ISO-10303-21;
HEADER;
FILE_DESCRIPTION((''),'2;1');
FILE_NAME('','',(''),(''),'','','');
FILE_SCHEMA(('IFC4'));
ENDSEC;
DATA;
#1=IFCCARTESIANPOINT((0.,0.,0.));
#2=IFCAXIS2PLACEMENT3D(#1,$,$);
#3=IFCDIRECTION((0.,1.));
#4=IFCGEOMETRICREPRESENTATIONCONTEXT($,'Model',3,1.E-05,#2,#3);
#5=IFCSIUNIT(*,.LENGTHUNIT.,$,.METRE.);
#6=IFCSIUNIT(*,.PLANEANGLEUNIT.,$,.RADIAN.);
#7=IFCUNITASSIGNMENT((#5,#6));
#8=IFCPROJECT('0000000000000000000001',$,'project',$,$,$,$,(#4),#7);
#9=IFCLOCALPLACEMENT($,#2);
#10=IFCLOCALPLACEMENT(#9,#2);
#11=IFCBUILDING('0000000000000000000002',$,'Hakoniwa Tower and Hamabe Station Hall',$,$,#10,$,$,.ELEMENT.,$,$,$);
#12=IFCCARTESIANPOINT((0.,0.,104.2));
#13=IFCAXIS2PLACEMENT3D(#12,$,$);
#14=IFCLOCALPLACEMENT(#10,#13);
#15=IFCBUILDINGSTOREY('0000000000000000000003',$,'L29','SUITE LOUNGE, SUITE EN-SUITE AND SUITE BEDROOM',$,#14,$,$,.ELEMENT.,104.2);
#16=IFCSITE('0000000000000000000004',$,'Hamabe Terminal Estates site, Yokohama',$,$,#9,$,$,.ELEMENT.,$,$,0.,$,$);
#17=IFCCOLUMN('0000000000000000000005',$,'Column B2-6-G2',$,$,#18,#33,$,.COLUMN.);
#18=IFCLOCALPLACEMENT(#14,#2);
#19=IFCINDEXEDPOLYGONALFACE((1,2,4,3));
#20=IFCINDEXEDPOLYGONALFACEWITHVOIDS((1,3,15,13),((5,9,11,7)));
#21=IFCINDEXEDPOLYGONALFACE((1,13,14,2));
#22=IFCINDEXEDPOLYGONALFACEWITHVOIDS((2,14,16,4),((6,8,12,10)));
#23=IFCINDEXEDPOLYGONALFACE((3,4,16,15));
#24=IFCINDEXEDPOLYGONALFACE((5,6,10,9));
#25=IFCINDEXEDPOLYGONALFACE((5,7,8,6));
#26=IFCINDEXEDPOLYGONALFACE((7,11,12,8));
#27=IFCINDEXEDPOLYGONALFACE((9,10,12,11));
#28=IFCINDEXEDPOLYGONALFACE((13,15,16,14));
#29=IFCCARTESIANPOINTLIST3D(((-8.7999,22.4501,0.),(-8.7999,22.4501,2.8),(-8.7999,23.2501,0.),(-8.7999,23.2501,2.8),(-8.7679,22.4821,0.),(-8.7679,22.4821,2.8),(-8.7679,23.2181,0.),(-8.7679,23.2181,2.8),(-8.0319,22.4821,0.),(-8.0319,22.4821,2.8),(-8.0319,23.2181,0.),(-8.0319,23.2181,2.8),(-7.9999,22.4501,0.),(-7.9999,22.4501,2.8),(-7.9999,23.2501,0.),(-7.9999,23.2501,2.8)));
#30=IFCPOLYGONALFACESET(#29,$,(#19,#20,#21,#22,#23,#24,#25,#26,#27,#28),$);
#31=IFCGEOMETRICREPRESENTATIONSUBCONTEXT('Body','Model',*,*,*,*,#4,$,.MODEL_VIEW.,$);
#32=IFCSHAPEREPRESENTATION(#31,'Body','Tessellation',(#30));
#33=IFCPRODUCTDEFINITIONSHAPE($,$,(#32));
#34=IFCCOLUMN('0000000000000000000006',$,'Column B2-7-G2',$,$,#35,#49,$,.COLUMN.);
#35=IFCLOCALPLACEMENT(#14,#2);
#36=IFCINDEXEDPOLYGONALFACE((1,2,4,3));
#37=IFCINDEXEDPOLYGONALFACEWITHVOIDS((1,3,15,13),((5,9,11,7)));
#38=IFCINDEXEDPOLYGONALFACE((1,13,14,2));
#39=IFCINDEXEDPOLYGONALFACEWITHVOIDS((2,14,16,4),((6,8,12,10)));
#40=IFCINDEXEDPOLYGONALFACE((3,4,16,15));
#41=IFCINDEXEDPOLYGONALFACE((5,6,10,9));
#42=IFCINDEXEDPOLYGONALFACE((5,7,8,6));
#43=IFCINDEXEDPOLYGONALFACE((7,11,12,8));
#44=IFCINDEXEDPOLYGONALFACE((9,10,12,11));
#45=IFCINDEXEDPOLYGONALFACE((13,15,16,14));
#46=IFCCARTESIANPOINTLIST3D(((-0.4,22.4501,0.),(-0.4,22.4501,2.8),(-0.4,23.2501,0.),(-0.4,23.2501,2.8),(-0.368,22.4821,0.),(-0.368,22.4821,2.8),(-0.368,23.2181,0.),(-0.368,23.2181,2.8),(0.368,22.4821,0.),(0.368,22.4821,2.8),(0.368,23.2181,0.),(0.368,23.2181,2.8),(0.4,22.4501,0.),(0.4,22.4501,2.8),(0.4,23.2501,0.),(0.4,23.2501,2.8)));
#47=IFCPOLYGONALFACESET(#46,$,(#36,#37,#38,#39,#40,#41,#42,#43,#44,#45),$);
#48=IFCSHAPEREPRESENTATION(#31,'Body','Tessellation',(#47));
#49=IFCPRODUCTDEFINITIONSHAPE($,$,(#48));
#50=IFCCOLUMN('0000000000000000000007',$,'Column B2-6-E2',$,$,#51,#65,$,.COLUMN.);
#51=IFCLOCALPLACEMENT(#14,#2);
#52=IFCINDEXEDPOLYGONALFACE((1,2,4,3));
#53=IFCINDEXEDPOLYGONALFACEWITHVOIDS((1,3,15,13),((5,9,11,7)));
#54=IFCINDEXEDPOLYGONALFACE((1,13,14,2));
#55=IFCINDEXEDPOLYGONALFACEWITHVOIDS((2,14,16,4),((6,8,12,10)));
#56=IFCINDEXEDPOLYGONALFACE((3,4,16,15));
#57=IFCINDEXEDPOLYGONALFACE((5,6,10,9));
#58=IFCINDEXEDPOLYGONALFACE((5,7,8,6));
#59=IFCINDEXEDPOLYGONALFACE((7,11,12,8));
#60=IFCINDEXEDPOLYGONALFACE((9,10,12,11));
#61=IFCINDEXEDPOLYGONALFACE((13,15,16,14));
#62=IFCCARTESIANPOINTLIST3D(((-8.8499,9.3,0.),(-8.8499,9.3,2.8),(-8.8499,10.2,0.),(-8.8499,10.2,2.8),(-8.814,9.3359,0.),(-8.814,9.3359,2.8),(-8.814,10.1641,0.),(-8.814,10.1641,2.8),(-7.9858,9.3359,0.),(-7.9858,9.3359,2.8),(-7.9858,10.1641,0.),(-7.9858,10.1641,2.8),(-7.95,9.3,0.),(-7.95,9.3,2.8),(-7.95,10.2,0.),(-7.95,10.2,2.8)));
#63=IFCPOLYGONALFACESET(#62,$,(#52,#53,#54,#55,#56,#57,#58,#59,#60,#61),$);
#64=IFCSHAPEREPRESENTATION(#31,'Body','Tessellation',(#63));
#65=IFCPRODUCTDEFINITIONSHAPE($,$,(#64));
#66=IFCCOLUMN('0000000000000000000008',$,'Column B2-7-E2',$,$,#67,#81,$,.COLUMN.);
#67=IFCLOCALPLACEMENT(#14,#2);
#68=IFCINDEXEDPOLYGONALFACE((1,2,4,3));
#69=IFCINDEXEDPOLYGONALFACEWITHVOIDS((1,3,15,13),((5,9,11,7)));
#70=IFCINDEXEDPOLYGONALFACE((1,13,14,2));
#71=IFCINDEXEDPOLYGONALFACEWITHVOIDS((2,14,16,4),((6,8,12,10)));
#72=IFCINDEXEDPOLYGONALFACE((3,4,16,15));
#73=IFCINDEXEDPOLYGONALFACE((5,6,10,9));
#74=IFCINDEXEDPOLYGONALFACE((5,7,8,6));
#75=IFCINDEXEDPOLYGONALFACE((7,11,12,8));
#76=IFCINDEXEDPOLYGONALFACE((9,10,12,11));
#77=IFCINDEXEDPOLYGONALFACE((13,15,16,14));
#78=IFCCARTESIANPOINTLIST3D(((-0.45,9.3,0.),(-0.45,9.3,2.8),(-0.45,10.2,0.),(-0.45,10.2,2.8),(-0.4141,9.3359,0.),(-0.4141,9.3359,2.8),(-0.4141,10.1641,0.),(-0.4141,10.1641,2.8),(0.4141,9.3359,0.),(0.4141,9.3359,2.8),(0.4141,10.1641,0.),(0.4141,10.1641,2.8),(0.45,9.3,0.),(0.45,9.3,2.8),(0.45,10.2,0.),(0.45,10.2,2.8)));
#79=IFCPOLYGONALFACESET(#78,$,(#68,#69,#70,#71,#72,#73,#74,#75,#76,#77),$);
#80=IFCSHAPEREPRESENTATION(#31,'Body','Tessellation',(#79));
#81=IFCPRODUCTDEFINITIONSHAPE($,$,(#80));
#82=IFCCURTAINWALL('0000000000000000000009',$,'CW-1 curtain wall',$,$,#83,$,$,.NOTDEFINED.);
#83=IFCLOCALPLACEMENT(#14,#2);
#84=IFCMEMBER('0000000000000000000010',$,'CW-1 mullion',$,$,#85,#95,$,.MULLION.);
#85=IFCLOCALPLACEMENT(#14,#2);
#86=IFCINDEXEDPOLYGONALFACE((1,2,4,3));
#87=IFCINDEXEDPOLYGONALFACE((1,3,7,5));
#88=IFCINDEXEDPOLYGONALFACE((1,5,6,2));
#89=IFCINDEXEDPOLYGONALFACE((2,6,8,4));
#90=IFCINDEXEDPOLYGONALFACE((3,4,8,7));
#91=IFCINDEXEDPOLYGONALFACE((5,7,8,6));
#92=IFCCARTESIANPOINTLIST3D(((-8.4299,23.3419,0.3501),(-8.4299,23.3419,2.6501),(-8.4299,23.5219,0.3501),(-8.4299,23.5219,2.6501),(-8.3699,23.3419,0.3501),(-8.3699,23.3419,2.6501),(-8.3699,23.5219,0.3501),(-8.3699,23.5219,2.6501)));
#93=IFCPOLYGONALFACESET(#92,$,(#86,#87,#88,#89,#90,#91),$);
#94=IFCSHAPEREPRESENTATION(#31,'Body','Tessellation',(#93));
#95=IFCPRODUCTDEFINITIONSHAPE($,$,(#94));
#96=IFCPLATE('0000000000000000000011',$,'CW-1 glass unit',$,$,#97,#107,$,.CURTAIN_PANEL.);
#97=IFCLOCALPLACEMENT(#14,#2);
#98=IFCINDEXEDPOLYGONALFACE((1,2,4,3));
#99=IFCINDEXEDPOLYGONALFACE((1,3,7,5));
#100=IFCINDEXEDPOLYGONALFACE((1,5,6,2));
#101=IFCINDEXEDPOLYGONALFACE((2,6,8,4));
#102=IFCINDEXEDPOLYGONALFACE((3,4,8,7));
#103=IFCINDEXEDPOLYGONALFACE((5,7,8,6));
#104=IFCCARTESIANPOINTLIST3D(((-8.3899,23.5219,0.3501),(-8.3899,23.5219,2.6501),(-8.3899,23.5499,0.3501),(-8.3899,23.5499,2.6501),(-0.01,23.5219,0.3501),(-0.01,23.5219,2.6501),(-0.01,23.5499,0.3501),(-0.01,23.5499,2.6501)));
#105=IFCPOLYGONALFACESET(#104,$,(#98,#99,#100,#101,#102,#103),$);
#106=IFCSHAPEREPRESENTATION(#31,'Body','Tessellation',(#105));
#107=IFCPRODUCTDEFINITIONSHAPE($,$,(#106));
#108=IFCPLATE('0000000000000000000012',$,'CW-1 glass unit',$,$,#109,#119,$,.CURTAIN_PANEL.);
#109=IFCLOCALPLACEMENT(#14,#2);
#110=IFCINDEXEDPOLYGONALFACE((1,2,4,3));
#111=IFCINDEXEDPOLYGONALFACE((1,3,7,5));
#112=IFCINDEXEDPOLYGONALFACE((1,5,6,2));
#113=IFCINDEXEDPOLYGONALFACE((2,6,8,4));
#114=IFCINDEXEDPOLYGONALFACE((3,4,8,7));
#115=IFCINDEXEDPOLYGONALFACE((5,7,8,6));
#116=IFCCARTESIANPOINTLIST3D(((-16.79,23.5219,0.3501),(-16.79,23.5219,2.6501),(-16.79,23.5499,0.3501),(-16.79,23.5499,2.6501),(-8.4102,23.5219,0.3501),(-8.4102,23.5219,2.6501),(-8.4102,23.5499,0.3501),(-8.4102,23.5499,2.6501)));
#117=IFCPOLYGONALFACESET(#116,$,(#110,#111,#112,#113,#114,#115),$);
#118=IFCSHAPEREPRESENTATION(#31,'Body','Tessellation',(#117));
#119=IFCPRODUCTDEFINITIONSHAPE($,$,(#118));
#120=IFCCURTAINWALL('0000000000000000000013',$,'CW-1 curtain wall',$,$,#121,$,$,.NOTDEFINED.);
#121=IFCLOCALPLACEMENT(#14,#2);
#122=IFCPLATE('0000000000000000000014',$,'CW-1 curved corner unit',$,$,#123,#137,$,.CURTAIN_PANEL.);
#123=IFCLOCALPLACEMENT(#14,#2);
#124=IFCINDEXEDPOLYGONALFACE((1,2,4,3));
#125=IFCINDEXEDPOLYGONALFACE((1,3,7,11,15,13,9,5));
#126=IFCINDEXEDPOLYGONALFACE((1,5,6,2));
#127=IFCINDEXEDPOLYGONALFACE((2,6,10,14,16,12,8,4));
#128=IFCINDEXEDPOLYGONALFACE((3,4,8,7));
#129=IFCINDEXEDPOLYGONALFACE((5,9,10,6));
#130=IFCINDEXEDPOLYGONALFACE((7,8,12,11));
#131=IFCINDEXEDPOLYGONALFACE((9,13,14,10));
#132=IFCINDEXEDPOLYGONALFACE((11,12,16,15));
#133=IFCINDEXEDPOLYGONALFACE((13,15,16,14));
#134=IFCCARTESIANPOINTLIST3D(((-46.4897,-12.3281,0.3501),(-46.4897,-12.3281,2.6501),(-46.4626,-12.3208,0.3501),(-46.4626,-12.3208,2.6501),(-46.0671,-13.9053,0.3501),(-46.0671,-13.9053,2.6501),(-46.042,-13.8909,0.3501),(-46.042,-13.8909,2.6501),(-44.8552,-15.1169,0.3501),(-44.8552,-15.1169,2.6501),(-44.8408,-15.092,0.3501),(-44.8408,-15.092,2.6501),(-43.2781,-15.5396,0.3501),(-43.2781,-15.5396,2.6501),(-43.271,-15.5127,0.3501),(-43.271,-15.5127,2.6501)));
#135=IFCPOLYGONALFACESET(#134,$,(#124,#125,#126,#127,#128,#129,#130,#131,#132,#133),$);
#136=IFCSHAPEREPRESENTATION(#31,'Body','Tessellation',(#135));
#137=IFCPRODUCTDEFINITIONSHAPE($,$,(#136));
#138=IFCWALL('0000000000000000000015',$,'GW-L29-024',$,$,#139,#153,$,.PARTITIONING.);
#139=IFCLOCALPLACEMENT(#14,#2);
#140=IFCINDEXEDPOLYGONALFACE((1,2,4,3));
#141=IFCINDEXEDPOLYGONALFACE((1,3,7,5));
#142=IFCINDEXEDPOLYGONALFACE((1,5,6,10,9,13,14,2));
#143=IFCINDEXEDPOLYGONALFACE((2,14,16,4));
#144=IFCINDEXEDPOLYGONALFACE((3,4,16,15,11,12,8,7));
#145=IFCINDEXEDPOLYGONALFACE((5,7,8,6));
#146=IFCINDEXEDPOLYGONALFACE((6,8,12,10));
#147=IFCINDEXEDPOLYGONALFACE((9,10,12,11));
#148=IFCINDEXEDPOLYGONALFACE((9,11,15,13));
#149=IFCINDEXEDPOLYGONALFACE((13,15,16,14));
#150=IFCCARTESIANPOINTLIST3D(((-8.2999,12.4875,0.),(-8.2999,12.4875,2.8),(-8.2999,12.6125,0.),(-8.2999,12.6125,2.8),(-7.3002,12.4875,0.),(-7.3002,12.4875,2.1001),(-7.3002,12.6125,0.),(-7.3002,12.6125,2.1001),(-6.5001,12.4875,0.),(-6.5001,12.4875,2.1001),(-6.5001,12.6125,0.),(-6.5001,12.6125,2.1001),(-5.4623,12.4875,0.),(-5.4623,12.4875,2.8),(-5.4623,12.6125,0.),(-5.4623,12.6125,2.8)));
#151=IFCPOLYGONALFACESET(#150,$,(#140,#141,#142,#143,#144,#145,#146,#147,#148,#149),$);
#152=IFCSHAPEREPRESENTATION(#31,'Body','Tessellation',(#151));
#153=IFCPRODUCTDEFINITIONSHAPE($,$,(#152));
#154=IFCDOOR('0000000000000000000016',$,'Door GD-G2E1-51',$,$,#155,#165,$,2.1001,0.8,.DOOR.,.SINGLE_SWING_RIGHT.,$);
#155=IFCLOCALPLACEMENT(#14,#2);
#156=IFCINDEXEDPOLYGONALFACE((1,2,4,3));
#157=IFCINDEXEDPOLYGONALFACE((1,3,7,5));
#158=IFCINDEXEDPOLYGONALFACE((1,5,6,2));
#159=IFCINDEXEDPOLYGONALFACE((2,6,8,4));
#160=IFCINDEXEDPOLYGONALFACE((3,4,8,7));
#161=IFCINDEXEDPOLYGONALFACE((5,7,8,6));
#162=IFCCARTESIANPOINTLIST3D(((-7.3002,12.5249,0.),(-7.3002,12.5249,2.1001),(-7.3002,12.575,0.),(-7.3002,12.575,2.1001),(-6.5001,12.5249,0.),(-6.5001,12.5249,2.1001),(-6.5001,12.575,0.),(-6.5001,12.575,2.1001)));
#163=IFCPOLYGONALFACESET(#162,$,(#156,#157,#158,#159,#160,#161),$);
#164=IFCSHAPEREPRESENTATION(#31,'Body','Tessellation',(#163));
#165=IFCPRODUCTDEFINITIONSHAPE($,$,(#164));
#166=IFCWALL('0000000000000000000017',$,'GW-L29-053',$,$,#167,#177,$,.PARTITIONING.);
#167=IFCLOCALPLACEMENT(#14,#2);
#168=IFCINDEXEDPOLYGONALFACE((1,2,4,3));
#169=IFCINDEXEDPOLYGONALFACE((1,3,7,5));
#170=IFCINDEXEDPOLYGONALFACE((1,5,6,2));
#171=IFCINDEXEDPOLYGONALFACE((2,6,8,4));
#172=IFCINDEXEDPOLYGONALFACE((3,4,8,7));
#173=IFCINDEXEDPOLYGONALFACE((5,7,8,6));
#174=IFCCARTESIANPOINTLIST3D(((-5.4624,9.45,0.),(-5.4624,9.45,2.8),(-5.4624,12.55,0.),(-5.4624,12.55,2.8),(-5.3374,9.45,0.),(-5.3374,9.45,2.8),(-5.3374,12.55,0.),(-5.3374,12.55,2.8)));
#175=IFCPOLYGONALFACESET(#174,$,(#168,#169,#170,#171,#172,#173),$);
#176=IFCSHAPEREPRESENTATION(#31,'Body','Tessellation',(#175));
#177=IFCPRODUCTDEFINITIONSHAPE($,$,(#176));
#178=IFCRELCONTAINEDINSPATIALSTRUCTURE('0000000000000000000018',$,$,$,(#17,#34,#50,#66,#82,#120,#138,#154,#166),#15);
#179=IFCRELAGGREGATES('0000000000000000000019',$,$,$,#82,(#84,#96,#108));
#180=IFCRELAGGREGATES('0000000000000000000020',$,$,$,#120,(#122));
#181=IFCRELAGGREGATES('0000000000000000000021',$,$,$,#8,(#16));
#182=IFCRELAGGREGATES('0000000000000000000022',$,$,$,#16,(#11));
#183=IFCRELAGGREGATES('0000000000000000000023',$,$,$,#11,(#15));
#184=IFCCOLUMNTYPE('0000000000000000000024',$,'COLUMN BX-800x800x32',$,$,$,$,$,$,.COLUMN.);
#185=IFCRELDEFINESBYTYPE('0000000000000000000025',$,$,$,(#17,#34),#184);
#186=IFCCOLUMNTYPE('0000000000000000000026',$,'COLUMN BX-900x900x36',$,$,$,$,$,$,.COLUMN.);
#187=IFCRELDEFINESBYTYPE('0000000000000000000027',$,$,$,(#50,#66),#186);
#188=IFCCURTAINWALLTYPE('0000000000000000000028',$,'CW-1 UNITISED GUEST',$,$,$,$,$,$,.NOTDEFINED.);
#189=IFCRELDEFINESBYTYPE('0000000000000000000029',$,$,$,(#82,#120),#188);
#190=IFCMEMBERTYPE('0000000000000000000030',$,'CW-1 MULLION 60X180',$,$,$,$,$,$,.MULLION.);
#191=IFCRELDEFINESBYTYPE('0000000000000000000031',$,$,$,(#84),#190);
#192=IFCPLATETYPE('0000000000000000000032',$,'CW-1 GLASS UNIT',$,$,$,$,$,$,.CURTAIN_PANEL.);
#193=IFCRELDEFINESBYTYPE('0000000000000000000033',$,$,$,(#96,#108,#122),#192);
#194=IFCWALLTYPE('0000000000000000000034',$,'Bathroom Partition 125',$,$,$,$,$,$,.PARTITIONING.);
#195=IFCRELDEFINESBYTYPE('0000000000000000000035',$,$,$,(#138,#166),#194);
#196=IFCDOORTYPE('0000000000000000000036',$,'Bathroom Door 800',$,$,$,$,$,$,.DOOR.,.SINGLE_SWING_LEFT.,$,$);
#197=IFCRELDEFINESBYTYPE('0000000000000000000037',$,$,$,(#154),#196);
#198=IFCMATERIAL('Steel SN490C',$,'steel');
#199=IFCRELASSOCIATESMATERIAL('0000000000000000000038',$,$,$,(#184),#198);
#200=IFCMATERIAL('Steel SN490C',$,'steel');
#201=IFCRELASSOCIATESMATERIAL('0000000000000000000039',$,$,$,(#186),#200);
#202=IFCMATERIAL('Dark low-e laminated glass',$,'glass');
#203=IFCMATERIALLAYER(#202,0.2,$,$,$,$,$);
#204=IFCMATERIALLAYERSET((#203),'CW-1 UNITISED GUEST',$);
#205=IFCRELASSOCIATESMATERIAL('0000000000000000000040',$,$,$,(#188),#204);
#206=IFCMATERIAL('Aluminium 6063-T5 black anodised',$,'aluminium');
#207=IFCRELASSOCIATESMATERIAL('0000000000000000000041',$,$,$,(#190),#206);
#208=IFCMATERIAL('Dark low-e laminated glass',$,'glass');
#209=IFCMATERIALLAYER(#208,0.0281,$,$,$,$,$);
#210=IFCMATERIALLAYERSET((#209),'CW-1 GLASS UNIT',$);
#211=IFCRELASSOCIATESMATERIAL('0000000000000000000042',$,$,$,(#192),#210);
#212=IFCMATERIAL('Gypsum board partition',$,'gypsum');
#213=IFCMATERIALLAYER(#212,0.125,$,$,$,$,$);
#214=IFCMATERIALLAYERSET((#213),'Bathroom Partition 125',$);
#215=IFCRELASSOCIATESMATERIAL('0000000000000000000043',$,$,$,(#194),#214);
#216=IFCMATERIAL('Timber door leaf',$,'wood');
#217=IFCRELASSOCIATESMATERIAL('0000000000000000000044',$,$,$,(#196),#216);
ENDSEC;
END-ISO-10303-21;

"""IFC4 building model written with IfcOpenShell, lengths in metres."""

from ifc_helpers import new_model, si_unit, direction, frame, frame_2d, origin, origin_2d, place, context, subcontext, project, spatial, polyline, rectangle, hollow_rectangle, outline, extrude, material, layer, layer_set, material_profile, profile_set, type_object, element, fill, aggregate, save


model = new_model("IFC4")

# Units and contexts
model_context = context("Model", 3, precision=1e-05, world=origin(), true_north=direction((0.0, 1.0)))
body_context = subcontext(model_context, "Body", "Model", "MODEL_VIEW")
ifc_project = project(units=[si_unit("LENGTHUNIT", "METRE"), si_unit("PLANEANGLEUNIT", "RADIAN")], contexts=[model_context])

# Site, building, storey
site_placement = place(None, origin())
site = spatial("IfcSite", under=ifc_project, at=site_placement, Name="Hamabe Terminal Estates site, Yokohama", CompositionType="ELEMENT", RefElevation=0.0)
building_placement = place(site_placement, origin())
building = spatial("IfcBuilding", under=site, at=building_placement, Name="Hakoniwa Tower and Hamabe Station Hall", CompositionType="ELEMENT")
storey_placement = place(building_placement, frame((0.0, 0.0, 104.2)))
storey = spatial("IfcBuildingStorey", under=building, at=storey_placement, Name="L29", Description="SUITE LOUNGE, SUITE EN-SUITE AND SUITE BEDROOM", CompositionType="ELEMENT", Elevation=104.2)

# Columns
ifc_material_1 = material(Name="Steel SN490C", Category="steel")
ifc_material_profile_1 = material_profile(ifc_material_1, hollow_rectangle(XDim=0.8, YDim=0.8, WallThickness=0.032, at=origin_2d()), Name="BX-800x800x32")
ifc_profile_set_1 = profile_set([ifc_material_profile_1], Name="Steel SN490C")
column_type_1 = type_object("IfcColumnType", Name="COLUMN BX-800x800x32", PredefinedType="COLUMN", material=ifc_profile_set_1)
for number, where, z_axis, x_axis, name in (
    (1, (-8.3999, 22.8501, 0.0), (0.0, 0.0, 1.0), (1.0, 0.0, 0.0), "Column B2-6-G2"),
    (2, (0.0, 22.8501, 0.0), (0.0, 0.0, 1.0), (1.0, 0.0, 0.0), "Column B2-7-G2"),
):
    element("IfcColumn", number, at=place(storey_placement, frame(where, z_axis=z_axis, x_axis=x_axis)), inside=storey, type_object=column_type_1, Name=name, PredefinedType="COLUMN", context=body_context, shape_type="SweptSolid", body=[
        extrude(hollow_rectangle(XDim=0.8, YDim=0.8, WallThickness=0.032, at=origin_2d()), origin(), (0.0, 0.0, 1.0), 2.8),
    ])
ifc_material_2 = material(Name="Steel SN490C", Category="steel")
ifc_material_profile_2 = material_profile(ifc_material_2, hollow_rectangle(XDim=0.8999, YDim=0.8999, WallThickness=0.0359, at=origin_2d()), Name="BX-900x900x36")
ifc_profile_set_2 = profile_set([ifc_material_profile_2], Name="Steel SN490C")
column_type_2 = type_object("IfcColumnType", Name="COLUMN BX-900x900x36", PredefinedType="COLUMN", material=ifc_profile_set_2)
for number, where, z_axis, x_axis, name in (
    (3, (-8.3999, 9.75, 0.0), (0.0, 0.0, 1.0), (1.0, 0.0, 0.0), "Column B2-6-E2"),
    (4, (0.0, 9.75, 0.0), (0.0, 0.0, 1.0), (1.0, 0.0, 0.0), "Column B2-7-E2"),
):
    element("IfcColumn", number, at=place(storey_placement, frame(where, z_axis=z_axis, x_axis=x_axis)), inside=storey, type_object=column_type_2, Name=name, PredefinedType="COLUMN", context=body_context, shape_type="SweptSolid", body=[
        extrude(hollow_rectangle(XDim=0.8999, YDim=0.8999, WallThickness=0.0359, at=origin_2d()), origin(), (0.0, 0.0, 1.0), 2.8),
    ])

# Curtain wall, member, plates
ifc_material_3 = material(Name="Dark low-e laminated glass", Category="glass")
ifc_layer_1 = layer(ifc_material_3, 0.2)
ifc_layer_set_1 = layer_set([ifc_layer_1], Name="CW-1 UNITISED GUEST")
curtain_wall_type = type_object("IfcCurtainWallType", Name="CW-1 UNITISED GUEST", PredefinedType="NOTDEFINED", material=ifc_layer_set_1)
curtain_wall_1_placement = place(storey_placement, origin())
curtain_wall_1 = element("IfcCurtainWall", 5, at=curtain_wall_1_placement, inside=storey, type_object=curtain_wall_type, Name="CW-1 curtain wall", PredefinedType="NOTDEFINED")
ifc_material_4 = material(Name="Aluminium 6063-T5 black anodised", Category="aluminium")
ifc_material_profile_3 = material_profile(ifc_material_4, rectangle(XDim=0.0601, YDim=0.1799, at=origin_2d()), Name="CW-1 MULLION 60X180")
ifc_profile_set_3 = profile_set([ifc_material_profile_3], Name="Aluminium 6063-T5 black anodised")
member_type = type_object("IfcMemberType", Name="CW-1 MULLION 60X180", PredefinedType="MULLION", material=ifc_profile_set_3)
member_placement = place(storey_placement, frame((-8.3999, 23.4319, 0.3501), z_axis=(0.0, 0.0, 1.0), x_axis=(-1.0, 0.0, 0.0)))
member = element("IfcMember", 6, at=member_placement, type_object=member_type, Name="CW-1 mullion", PredefinedType="MULLION", context=body_context, shape_type="SweptSolid", body=[
    extrude(rectangle(XDim=0.0601, YDim=0.1799, at=origin_2d()), origin(), (0.0, 0.0, 1.0), 2.3),
])
ifc_material_5 = material(Name="Dark low-e laminated glass", Category="glass")
ifc_layer_2 = layer(ifc_material_5, 0.0281)
ifc_layer_set_2 = layer_set([ifc_layer_2], Name="CW-1 GLASS UNIT")
plate_type = type_object("IfcPlateType", Name="CW-1 GLASS UNIT", PredefinedType="CURTAIN_PANEL", material=ifc_layer_set_2)
plate_1_placement = place(storey_placement, frame((-4.2, 23.5359, 0.3501), z_axis=(0.0, 0.0, 1.0), x_axis=(-1.0, 0.0, 0.0)))
plate_1 = element("IfcPlate", 7, at=plate_1_placement, type_object=plate_type, Name="CW-1 glass unit", PredefinedType="CURTAIN_PANEL", context=body_context, shape_type="SweptSolid", body=[
    extrude(rectangle(XDim=8.3799, YDim=0.0281, at=origin_2d()), origin(), (0.0, 0.0, 1.0), 2.3),
])
plate_2_placement = place(storey_placement, frame((-12.6001, 23.5359, 0.3501), z_axis=(0.0, 0.0, 1.0), x_axis=(-1.0, 0.0, 0.0)))
plate_2 = element("IfcPlate", 8, at=plate_2_placement, type_object=plate_type, Name="CW-1 glass unit", PredefinedType="CURTAIN_PANEL", context=body_context, shape_type="SweptSolid", body=[
    extrude(rectangle(XDim=8.3799, YDim=0.0281, at=origin_2d()), origin(), (0.0, 0.0, 1.0), 2.3),
])
aggregate(curtain_wall_1, [member, plate_1, plate_2])

# Curtain wall, plate
curtain_wall_2_placement = place(storey_placement, origin())
curtain_wall_2 = element("IfcCurtainWall", 9, at=curtain_wall_2_placement, inside=storey, type_object=curtain_wall_type, Name="CW-1 curtain wall", PredefinedType="NOTDEFINED")
plate_3_placement = place(storey_placement, frame((0.0, 0.0, 0.3501)))
plate_3 = element("IfcPlate", 10, at=plate_3_placement, type_object=plate_type, Name="CW-1 curved corner unit", PredefinedType="CURTAIN_PANEL", context=body_context, shape_type="SweptSolid", body=[
    extrude(outline(polyline([(-46.4897, -12.3281), (-46.0671, -13.9053), (-44.8552, -15.1169), (-43.2781, -15.5396), (-43.271, -15.5127), (-44.8408, -15.092), (-46.042, -13.8909), (-46.4626, -12.3208), (-46.4897, -12.3281)])), origin(), (0.0, 0.0, 1.0), 2.3),
])
aggregate(curtain_wall_2, [plate_3])

# Wall, opening, door
ifc_material_6 = material(Name="Gypsum board partition", Category="gypsum")
ifc_layer_3 = layer(ifc_material_6, 0.125)
ifc_layer_set_3 = layer_set([ifc_layer_3], Name="Bathroom Partition 125")
wall_type_1 = type_object("IfcWallType", Name="Bathroom Partition 125", PredefinedType="PARTITIONING", material=ifc_layer_set_3)
wall_1_placement = place(storey_placement, frame((-8.3, 12.55, 0.0), z_axis=(0.0, 0.0, 1.0), x_axis=(1.0, 0.0, 0.0)))
wall_1 = element("IfcWall", 11, at=wall_1_placement, inside=storey, type_object=wall_type_1, Name="GW-L29-024", PredefinedType="PARTITIONING", context=body_context, shape_type="SweptSolid", body=[
    extrude(rectangle(XDim=2.8376, YDim=0.125, at=frame_2d((1.4189, 0.0))), origin(), (0.0, 0.0, 1.0), 2.8),
])
opening_1_placement = place(wall_1_placement, frame((1.0, 0.0, 0.0)))
opening_1 = element("IfcOpeningElement", 12, at=opening_1_placement, cuts=wall_1, PredefinedType="OPENING", context=body_context, shape_type="SweptSolid", body=[
    extrude(rectangle(XDim=0.8, YDim=2.1001, at=frame_2d((0.3999, 1.05))), frame((0.0, 0.0725, 0.0), z_axis=(0.0, -1.0, 0.0), x_axis=(1.0, 0.0, 0.0)), (0.0, 0.0, 1.0), 0.145),
])
ifc_material_7 = material(Name="Timber door leaf", Category="wood")
door_type_1 = type_object("IfcDoorType", Name="Bathroom Door 800", OperationType="SINGLE_SWING_LEFT", PredefinedType="DOOR", material=ifc_material_7)
door_1_placement = place(opening_1_placement, origin())
door_1 = element("IfcDoor", 13, at=door_1_placement, inside=storey, type_object=door_type_1, Name="Door GD-G2E1-51", OperationType="SINGLE_SWING_RIGHT", OverallHeight=2.1001, OverallWidth=0.8, PredefinedType="DOOR", context=body_context, shape_type="SweptSolid", body=[
    extrude(rectangle(XDim=0.8, YDim=2.1001, at=frame_2d((0.3999, 1.05))), frame((0.0, 0.0249, 0.0), z_axis=(0.0, -1.0, 0.0), x_axis=(1.0, 0.0, 0.0)), (0.0, 0.0, 1.0), 0.05),
])
fill(opening_1, door_1)

# Wall
wall_2_placement = place(storey_placement, frame((-5.3999, 9.45, 0.0), z_axis=(0.0, 0.0, 1.0), x_axis=(0.0, 1.0, 0.0)))
element("IfcWall", 14, at=wall_2_placement, inside=storey, type_object=wall_type_1, Name="GW-L29-053", PredefinedType="PARTITIONING", context=body_context, shape_type="SweptSolid", body=[
    extrude(rectangle(XDim=3.1001, YDim=0.125, at=frame_2d((1.55, 0.0))), origin(), (0.0, 0.0, 1.0), 2.8),
])

save(model, "model.ifc")
